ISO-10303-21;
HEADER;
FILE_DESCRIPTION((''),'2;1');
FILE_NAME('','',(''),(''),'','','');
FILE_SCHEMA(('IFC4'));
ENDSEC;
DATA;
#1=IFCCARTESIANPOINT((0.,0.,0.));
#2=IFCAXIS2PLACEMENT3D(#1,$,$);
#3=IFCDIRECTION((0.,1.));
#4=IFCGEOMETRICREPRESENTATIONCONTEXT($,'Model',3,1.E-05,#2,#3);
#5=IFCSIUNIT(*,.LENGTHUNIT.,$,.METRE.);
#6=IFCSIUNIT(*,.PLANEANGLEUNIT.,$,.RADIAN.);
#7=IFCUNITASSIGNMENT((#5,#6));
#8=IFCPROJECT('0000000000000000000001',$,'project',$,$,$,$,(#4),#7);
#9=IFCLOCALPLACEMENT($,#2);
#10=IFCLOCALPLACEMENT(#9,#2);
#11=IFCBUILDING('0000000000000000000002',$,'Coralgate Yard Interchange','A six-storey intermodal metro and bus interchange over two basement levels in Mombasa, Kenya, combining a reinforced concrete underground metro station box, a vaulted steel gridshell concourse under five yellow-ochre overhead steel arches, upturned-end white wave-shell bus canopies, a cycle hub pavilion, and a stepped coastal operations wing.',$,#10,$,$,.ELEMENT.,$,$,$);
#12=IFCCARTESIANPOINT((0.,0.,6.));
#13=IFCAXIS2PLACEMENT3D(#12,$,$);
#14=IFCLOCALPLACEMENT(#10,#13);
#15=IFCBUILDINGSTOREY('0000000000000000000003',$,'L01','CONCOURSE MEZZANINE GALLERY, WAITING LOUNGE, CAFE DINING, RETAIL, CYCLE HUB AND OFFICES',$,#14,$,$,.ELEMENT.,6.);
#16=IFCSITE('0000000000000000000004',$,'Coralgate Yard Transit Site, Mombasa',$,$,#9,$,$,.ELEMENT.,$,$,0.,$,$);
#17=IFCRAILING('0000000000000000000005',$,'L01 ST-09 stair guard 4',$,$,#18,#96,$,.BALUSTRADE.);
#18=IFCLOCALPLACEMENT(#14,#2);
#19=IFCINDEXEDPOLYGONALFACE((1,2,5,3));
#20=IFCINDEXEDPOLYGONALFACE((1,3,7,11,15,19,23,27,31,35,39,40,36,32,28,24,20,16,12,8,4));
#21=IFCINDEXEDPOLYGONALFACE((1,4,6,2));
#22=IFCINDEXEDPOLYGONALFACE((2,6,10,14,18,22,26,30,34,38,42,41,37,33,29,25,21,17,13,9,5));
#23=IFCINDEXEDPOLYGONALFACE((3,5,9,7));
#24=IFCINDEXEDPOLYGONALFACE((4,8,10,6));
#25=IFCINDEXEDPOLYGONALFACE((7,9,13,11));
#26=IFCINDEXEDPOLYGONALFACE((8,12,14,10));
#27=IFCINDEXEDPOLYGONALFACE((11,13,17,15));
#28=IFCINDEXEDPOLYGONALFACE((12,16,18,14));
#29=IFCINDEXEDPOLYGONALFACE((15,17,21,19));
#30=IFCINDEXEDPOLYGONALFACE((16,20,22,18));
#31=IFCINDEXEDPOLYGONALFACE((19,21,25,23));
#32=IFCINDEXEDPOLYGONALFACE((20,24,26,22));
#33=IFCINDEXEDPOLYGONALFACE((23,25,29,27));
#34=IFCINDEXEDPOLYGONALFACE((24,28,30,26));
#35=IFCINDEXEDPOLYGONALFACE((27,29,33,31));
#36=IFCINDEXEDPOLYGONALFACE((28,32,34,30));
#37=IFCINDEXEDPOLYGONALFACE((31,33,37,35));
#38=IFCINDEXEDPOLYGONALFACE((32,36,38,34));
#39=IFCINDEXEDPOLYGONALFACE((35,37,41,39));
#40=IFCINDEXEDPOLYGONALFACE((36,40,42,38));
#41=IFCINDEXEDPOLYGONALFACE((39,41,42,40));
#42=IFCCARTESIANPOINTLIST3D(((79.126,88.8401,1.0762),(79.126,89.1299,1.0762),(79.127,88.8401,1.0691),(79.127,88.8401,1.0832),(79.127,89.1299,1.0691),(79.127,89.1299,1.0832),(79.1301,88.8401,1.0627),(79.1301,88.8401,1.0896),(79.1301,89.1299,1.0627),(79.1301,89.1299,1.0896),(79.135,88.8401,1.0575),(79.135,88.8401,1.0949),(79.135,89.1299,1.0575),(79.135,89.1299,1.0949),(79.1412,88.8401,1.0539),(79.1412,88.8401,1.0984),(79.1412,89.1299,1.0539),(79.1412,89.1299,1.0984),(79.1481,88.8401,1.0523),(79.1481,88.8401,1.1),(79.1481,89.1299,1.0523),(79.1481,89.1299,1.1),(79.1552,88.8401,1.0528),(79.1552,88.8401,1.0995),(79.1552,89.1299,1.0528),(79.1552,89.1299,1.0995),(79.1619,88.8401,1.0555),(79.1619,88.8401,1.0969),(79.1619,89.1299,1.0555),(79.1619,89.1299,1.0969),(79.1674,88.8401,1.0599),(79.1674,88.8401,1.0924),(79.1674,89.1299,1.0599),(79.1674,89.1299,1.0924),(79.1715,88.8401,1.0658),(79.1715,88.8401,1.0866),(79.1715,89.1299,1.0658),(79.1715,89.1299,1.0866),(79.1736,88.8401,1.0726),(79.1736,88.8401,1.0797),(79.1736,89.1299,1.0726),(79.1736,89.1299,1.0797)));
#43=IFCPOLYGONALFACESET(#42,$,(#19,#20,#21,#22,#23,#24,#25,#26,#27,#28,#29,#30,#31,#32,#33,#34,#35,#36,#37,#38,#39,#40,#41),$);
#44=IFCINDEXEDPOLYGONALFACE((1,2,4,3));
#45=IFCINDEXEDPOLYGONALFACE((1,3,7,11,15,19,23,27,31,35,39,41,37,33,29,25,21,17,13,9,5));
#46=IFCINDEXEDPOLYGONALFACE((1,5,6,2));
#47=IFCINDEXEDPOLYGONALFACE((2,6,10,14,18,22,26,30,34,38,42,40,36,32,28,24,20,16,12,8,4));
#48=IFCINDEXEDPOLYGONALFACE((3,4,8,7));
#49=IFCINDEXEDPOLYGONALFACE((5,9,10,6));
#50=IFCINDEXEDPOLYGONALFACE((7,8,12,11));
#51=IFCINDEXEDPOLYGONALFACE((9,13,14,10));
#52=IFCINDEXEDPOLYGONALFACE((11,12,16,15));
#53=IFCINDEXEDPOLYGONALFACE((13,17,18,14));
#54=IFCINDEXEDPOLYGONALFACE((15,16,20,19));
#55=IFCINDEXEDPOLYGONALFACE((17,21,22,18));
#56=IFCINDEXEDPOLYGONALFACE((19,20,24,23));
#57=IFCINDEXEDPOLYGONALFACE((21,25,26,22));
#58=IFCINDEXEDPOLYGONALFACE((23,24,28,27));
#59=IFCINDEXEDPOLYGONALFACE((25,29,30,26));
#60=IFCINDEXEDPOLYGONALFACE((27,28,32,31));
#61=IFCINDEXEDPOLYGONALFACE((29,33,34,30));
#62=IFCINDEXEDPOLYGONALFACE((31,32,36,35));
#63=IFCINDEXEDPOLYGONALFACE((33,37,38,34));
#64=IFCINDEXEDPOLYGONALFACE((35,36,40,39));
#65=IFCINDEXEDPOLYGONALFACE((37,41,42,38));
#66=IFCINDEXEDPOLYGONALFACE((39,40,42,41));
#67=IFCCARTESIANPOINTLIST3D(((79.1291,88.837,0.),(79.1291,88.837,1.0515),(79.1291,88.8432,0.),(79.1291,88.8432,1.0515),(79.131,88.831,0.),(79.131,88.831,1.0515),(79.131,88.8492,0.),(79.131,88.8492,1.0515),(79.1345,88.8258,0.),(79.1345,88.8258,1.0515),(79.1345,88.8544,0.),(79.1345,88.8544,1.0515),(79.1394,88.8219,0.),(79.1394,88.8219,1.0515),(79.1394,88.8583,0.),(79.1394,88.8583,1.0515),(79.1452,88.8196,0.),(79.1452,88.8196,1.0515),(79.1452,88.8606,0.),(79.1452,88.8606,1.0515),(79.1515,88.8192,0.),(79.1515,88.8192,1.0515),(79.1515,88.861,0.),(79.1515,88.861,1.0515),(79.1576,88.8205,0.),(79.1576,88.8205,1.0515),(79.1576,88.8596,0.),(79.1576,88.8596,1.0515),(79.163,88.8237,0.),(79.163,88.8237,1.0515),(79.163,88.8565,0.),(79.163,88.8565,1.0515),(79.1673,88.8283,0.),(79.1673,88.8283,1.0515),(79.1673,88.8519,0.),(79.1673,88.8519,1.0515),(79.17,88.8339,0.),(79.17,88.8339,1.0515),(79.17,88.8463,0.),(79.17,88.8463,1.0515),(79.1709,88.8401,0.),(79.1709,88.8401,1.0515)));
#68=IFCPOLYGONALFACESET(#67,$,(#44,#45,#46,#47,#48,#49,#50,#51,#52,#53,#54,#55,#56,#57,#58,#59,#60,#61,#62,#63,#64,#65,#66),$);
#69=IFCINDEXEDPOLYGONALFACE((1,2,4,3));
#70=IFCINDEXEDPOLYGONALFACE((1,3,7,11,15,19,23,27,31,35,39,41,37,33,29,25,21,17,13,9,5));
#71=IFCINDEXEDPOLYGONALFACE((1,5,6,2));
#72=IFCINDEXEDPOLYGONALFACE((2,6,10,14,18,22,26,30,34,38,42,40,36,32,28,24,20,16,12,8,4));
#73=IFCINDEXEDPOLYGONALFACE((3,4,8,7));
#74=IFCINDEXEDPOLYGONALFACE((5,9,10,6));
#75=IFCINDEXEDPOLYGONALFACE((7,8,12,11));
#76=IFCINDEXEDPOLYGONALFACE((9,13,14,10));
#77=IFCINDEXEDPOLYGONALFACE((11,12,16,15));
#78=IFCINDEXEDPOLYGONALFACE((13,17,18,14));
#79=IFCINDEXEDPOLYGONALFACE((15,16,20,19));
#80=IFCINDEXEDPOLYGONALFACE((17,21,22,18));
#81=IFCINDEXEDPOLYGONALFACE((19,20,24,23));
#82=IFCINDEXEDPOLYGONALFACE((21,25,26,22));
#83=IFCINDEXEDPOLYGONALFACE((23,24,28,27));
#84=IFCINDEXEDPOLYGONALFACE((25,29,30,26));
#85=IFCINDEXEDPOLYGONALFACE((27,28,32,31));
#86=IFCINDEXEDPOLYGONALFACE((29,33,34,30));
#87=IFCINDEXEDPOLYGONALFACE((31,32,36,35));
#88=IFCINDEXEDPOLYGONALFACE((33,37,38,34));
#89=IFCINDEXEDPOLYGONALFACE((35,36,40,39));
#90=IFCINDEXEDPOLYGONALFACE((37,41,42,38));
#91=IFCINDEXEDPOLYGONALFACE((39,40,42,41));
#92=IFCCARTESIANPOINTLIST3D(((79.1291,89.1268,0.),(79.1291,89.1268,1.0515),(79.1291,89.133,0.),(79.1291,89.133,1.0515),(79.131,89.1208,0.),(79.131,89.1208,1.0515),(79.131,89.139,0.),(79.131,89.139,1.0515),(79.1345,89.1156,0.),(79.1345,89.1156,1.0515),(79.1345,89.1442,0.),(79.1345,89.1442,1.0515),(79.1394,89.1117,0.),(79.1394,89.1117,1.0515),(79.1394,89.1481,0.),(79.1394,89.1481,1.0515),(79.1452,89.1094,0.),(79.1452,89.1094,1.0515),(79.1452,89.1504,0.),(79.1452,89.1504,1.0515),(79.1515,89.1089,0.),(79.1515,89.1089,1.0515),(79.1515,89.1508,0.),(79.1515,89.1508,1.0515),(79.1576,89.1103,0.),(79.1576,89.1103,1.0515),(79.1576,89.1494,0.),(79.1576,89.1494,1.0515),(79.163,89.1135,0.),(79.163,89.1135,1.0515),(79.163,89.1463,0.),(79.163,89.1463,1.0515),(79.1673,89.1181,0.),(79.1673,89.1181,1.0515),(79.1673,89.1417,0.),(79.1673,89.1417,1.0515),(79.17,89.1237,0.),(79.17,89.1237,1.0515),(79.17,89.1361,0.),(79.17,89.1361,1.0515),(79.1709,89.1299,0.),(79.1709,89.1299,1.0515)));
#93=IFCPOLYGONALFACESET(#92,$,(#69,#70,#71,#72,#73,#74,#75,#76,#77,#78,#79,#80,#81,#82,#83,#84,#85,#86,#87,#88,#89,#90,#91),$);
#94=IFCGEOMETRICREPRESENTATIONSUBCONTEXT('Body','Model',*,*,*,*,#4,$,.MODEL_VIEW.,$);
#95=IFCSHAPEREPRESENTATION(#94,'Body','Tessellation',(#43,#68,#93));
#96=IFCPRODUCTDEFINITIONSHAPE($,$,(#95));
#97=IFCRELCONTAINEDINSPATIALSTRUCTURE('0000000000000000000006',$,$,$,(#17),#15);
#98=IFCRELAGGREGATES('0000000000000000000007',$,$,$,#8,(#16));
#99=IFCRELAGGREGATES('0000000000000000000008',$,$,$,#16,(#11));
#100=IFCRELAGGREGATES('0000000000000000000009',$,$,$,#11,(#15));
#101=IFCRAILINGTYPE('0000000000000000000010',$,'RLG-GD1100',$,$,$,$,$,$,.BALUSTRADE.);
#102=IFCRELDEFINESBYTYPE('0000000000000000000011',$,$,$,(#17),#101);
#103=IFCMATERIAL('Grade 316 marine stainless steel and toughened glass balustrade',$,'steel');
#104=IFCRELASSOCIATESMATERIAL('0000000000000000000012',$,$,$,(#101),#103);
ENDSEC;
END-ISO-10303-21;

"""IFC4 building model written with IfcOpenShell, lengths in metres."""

from ifc_helpers import new_model, si_unit, direction, frame, origin, origin_2d, place, context, subcontext, project, spatial, circle, extrude, material, type_object, element, save


model = new_model("IFC4")

# Units and contexts
model_context = context("Model", 3, precision=1e-05, world=origin(), true_north=direction((0.0, 1.0)))
body_context = subcontext(model_context, "Body", "Model", "MODEL_VIEW")
ifc_project = project(units=[si_unit("LENGTHUNIT", "METRE"), si_unit("PLANEANGLEUNIT", "RADIAN")], contexts=[model_context])

# Site, building, storey
site_placement = place(None, origin())
site = spatial("IfcSite", under=ifc_project, at=site_placement, Name="Coralgate Yard Transit Site, Mombasa", CompositionType="ELEMENT", RefElevation=0.0)
building_placement = place(site_placement, origin())
building = spatial("IfcBuilding", under=site, at=building_placement, Name="Coralgate Yard Interchange", Description="A six-storey intermodal metro and bus interchange over two basement levels in Mombasa, Kenya, combining a reinforced concrete underground metro station box, a vaulted steel gridshell concourse under five yellow-ochre overhead steel arches, upturned-end white wave-shell bus canopies, a cycle hub pavilion, and a stepped coastal operations wing.", CompositionType="ELEMENT")
storey_placement = place(building_placement, frame((0.0, 0.0, 6.0)))
storey = spatial("IfcBuildingStorey", under=building, at=storey_placement, Name="L01", Description="CONCOURSE MEZZANINE GALLERY, WAITING LOUNGE, CAFE DINING, RETAIL, CYCLE HUB AND OFFICES", CompositionType="ELEMENT", Elevation=6.0)

# Railing
ifc_material_1 = material(Name="Grade 316 marine stainless steel and toughened glass balustrade", Category="steel")
railing_type_1 = type_object("IfcRailingType", Name="RLG-GD1100", PredefinedType="BALUSTRADE", material=ifc_material_1)
railing_1_placement = place(storey_placement, frame((79.1499, 88.8401, 0.0)))
element("IfcRailing", 1, at=railing_1_placement, inside=storey, type_object=railing_type_1, Name="L01 ST-09 stair guard 4", PredefinedType="BALUSTRADE", context=body_context, shape_type="SweptSolid", body=[
    extrude(circle(Radius=0.0239, at=origin_2d()), frame((0.0, 0.0, 1.0762), z_axis=(0.0, 1.0, 0.0), x_axis=(-1.0, 0.0, 0.0)), (0.0, 0.0, 1.0), 0.2898),
    extrude(circle(Radius=0.021, at=origin_2d()), origin(), (0.0, 0.0, 1.0), 1.0515),
    extrude(circle(Radius=0.021, at=origin_2d()), frame((0.0, 0.2898, 0.0)), (0.0, 0.0, 1.0), 1.0515),
])

save(model, "model.ifc")
